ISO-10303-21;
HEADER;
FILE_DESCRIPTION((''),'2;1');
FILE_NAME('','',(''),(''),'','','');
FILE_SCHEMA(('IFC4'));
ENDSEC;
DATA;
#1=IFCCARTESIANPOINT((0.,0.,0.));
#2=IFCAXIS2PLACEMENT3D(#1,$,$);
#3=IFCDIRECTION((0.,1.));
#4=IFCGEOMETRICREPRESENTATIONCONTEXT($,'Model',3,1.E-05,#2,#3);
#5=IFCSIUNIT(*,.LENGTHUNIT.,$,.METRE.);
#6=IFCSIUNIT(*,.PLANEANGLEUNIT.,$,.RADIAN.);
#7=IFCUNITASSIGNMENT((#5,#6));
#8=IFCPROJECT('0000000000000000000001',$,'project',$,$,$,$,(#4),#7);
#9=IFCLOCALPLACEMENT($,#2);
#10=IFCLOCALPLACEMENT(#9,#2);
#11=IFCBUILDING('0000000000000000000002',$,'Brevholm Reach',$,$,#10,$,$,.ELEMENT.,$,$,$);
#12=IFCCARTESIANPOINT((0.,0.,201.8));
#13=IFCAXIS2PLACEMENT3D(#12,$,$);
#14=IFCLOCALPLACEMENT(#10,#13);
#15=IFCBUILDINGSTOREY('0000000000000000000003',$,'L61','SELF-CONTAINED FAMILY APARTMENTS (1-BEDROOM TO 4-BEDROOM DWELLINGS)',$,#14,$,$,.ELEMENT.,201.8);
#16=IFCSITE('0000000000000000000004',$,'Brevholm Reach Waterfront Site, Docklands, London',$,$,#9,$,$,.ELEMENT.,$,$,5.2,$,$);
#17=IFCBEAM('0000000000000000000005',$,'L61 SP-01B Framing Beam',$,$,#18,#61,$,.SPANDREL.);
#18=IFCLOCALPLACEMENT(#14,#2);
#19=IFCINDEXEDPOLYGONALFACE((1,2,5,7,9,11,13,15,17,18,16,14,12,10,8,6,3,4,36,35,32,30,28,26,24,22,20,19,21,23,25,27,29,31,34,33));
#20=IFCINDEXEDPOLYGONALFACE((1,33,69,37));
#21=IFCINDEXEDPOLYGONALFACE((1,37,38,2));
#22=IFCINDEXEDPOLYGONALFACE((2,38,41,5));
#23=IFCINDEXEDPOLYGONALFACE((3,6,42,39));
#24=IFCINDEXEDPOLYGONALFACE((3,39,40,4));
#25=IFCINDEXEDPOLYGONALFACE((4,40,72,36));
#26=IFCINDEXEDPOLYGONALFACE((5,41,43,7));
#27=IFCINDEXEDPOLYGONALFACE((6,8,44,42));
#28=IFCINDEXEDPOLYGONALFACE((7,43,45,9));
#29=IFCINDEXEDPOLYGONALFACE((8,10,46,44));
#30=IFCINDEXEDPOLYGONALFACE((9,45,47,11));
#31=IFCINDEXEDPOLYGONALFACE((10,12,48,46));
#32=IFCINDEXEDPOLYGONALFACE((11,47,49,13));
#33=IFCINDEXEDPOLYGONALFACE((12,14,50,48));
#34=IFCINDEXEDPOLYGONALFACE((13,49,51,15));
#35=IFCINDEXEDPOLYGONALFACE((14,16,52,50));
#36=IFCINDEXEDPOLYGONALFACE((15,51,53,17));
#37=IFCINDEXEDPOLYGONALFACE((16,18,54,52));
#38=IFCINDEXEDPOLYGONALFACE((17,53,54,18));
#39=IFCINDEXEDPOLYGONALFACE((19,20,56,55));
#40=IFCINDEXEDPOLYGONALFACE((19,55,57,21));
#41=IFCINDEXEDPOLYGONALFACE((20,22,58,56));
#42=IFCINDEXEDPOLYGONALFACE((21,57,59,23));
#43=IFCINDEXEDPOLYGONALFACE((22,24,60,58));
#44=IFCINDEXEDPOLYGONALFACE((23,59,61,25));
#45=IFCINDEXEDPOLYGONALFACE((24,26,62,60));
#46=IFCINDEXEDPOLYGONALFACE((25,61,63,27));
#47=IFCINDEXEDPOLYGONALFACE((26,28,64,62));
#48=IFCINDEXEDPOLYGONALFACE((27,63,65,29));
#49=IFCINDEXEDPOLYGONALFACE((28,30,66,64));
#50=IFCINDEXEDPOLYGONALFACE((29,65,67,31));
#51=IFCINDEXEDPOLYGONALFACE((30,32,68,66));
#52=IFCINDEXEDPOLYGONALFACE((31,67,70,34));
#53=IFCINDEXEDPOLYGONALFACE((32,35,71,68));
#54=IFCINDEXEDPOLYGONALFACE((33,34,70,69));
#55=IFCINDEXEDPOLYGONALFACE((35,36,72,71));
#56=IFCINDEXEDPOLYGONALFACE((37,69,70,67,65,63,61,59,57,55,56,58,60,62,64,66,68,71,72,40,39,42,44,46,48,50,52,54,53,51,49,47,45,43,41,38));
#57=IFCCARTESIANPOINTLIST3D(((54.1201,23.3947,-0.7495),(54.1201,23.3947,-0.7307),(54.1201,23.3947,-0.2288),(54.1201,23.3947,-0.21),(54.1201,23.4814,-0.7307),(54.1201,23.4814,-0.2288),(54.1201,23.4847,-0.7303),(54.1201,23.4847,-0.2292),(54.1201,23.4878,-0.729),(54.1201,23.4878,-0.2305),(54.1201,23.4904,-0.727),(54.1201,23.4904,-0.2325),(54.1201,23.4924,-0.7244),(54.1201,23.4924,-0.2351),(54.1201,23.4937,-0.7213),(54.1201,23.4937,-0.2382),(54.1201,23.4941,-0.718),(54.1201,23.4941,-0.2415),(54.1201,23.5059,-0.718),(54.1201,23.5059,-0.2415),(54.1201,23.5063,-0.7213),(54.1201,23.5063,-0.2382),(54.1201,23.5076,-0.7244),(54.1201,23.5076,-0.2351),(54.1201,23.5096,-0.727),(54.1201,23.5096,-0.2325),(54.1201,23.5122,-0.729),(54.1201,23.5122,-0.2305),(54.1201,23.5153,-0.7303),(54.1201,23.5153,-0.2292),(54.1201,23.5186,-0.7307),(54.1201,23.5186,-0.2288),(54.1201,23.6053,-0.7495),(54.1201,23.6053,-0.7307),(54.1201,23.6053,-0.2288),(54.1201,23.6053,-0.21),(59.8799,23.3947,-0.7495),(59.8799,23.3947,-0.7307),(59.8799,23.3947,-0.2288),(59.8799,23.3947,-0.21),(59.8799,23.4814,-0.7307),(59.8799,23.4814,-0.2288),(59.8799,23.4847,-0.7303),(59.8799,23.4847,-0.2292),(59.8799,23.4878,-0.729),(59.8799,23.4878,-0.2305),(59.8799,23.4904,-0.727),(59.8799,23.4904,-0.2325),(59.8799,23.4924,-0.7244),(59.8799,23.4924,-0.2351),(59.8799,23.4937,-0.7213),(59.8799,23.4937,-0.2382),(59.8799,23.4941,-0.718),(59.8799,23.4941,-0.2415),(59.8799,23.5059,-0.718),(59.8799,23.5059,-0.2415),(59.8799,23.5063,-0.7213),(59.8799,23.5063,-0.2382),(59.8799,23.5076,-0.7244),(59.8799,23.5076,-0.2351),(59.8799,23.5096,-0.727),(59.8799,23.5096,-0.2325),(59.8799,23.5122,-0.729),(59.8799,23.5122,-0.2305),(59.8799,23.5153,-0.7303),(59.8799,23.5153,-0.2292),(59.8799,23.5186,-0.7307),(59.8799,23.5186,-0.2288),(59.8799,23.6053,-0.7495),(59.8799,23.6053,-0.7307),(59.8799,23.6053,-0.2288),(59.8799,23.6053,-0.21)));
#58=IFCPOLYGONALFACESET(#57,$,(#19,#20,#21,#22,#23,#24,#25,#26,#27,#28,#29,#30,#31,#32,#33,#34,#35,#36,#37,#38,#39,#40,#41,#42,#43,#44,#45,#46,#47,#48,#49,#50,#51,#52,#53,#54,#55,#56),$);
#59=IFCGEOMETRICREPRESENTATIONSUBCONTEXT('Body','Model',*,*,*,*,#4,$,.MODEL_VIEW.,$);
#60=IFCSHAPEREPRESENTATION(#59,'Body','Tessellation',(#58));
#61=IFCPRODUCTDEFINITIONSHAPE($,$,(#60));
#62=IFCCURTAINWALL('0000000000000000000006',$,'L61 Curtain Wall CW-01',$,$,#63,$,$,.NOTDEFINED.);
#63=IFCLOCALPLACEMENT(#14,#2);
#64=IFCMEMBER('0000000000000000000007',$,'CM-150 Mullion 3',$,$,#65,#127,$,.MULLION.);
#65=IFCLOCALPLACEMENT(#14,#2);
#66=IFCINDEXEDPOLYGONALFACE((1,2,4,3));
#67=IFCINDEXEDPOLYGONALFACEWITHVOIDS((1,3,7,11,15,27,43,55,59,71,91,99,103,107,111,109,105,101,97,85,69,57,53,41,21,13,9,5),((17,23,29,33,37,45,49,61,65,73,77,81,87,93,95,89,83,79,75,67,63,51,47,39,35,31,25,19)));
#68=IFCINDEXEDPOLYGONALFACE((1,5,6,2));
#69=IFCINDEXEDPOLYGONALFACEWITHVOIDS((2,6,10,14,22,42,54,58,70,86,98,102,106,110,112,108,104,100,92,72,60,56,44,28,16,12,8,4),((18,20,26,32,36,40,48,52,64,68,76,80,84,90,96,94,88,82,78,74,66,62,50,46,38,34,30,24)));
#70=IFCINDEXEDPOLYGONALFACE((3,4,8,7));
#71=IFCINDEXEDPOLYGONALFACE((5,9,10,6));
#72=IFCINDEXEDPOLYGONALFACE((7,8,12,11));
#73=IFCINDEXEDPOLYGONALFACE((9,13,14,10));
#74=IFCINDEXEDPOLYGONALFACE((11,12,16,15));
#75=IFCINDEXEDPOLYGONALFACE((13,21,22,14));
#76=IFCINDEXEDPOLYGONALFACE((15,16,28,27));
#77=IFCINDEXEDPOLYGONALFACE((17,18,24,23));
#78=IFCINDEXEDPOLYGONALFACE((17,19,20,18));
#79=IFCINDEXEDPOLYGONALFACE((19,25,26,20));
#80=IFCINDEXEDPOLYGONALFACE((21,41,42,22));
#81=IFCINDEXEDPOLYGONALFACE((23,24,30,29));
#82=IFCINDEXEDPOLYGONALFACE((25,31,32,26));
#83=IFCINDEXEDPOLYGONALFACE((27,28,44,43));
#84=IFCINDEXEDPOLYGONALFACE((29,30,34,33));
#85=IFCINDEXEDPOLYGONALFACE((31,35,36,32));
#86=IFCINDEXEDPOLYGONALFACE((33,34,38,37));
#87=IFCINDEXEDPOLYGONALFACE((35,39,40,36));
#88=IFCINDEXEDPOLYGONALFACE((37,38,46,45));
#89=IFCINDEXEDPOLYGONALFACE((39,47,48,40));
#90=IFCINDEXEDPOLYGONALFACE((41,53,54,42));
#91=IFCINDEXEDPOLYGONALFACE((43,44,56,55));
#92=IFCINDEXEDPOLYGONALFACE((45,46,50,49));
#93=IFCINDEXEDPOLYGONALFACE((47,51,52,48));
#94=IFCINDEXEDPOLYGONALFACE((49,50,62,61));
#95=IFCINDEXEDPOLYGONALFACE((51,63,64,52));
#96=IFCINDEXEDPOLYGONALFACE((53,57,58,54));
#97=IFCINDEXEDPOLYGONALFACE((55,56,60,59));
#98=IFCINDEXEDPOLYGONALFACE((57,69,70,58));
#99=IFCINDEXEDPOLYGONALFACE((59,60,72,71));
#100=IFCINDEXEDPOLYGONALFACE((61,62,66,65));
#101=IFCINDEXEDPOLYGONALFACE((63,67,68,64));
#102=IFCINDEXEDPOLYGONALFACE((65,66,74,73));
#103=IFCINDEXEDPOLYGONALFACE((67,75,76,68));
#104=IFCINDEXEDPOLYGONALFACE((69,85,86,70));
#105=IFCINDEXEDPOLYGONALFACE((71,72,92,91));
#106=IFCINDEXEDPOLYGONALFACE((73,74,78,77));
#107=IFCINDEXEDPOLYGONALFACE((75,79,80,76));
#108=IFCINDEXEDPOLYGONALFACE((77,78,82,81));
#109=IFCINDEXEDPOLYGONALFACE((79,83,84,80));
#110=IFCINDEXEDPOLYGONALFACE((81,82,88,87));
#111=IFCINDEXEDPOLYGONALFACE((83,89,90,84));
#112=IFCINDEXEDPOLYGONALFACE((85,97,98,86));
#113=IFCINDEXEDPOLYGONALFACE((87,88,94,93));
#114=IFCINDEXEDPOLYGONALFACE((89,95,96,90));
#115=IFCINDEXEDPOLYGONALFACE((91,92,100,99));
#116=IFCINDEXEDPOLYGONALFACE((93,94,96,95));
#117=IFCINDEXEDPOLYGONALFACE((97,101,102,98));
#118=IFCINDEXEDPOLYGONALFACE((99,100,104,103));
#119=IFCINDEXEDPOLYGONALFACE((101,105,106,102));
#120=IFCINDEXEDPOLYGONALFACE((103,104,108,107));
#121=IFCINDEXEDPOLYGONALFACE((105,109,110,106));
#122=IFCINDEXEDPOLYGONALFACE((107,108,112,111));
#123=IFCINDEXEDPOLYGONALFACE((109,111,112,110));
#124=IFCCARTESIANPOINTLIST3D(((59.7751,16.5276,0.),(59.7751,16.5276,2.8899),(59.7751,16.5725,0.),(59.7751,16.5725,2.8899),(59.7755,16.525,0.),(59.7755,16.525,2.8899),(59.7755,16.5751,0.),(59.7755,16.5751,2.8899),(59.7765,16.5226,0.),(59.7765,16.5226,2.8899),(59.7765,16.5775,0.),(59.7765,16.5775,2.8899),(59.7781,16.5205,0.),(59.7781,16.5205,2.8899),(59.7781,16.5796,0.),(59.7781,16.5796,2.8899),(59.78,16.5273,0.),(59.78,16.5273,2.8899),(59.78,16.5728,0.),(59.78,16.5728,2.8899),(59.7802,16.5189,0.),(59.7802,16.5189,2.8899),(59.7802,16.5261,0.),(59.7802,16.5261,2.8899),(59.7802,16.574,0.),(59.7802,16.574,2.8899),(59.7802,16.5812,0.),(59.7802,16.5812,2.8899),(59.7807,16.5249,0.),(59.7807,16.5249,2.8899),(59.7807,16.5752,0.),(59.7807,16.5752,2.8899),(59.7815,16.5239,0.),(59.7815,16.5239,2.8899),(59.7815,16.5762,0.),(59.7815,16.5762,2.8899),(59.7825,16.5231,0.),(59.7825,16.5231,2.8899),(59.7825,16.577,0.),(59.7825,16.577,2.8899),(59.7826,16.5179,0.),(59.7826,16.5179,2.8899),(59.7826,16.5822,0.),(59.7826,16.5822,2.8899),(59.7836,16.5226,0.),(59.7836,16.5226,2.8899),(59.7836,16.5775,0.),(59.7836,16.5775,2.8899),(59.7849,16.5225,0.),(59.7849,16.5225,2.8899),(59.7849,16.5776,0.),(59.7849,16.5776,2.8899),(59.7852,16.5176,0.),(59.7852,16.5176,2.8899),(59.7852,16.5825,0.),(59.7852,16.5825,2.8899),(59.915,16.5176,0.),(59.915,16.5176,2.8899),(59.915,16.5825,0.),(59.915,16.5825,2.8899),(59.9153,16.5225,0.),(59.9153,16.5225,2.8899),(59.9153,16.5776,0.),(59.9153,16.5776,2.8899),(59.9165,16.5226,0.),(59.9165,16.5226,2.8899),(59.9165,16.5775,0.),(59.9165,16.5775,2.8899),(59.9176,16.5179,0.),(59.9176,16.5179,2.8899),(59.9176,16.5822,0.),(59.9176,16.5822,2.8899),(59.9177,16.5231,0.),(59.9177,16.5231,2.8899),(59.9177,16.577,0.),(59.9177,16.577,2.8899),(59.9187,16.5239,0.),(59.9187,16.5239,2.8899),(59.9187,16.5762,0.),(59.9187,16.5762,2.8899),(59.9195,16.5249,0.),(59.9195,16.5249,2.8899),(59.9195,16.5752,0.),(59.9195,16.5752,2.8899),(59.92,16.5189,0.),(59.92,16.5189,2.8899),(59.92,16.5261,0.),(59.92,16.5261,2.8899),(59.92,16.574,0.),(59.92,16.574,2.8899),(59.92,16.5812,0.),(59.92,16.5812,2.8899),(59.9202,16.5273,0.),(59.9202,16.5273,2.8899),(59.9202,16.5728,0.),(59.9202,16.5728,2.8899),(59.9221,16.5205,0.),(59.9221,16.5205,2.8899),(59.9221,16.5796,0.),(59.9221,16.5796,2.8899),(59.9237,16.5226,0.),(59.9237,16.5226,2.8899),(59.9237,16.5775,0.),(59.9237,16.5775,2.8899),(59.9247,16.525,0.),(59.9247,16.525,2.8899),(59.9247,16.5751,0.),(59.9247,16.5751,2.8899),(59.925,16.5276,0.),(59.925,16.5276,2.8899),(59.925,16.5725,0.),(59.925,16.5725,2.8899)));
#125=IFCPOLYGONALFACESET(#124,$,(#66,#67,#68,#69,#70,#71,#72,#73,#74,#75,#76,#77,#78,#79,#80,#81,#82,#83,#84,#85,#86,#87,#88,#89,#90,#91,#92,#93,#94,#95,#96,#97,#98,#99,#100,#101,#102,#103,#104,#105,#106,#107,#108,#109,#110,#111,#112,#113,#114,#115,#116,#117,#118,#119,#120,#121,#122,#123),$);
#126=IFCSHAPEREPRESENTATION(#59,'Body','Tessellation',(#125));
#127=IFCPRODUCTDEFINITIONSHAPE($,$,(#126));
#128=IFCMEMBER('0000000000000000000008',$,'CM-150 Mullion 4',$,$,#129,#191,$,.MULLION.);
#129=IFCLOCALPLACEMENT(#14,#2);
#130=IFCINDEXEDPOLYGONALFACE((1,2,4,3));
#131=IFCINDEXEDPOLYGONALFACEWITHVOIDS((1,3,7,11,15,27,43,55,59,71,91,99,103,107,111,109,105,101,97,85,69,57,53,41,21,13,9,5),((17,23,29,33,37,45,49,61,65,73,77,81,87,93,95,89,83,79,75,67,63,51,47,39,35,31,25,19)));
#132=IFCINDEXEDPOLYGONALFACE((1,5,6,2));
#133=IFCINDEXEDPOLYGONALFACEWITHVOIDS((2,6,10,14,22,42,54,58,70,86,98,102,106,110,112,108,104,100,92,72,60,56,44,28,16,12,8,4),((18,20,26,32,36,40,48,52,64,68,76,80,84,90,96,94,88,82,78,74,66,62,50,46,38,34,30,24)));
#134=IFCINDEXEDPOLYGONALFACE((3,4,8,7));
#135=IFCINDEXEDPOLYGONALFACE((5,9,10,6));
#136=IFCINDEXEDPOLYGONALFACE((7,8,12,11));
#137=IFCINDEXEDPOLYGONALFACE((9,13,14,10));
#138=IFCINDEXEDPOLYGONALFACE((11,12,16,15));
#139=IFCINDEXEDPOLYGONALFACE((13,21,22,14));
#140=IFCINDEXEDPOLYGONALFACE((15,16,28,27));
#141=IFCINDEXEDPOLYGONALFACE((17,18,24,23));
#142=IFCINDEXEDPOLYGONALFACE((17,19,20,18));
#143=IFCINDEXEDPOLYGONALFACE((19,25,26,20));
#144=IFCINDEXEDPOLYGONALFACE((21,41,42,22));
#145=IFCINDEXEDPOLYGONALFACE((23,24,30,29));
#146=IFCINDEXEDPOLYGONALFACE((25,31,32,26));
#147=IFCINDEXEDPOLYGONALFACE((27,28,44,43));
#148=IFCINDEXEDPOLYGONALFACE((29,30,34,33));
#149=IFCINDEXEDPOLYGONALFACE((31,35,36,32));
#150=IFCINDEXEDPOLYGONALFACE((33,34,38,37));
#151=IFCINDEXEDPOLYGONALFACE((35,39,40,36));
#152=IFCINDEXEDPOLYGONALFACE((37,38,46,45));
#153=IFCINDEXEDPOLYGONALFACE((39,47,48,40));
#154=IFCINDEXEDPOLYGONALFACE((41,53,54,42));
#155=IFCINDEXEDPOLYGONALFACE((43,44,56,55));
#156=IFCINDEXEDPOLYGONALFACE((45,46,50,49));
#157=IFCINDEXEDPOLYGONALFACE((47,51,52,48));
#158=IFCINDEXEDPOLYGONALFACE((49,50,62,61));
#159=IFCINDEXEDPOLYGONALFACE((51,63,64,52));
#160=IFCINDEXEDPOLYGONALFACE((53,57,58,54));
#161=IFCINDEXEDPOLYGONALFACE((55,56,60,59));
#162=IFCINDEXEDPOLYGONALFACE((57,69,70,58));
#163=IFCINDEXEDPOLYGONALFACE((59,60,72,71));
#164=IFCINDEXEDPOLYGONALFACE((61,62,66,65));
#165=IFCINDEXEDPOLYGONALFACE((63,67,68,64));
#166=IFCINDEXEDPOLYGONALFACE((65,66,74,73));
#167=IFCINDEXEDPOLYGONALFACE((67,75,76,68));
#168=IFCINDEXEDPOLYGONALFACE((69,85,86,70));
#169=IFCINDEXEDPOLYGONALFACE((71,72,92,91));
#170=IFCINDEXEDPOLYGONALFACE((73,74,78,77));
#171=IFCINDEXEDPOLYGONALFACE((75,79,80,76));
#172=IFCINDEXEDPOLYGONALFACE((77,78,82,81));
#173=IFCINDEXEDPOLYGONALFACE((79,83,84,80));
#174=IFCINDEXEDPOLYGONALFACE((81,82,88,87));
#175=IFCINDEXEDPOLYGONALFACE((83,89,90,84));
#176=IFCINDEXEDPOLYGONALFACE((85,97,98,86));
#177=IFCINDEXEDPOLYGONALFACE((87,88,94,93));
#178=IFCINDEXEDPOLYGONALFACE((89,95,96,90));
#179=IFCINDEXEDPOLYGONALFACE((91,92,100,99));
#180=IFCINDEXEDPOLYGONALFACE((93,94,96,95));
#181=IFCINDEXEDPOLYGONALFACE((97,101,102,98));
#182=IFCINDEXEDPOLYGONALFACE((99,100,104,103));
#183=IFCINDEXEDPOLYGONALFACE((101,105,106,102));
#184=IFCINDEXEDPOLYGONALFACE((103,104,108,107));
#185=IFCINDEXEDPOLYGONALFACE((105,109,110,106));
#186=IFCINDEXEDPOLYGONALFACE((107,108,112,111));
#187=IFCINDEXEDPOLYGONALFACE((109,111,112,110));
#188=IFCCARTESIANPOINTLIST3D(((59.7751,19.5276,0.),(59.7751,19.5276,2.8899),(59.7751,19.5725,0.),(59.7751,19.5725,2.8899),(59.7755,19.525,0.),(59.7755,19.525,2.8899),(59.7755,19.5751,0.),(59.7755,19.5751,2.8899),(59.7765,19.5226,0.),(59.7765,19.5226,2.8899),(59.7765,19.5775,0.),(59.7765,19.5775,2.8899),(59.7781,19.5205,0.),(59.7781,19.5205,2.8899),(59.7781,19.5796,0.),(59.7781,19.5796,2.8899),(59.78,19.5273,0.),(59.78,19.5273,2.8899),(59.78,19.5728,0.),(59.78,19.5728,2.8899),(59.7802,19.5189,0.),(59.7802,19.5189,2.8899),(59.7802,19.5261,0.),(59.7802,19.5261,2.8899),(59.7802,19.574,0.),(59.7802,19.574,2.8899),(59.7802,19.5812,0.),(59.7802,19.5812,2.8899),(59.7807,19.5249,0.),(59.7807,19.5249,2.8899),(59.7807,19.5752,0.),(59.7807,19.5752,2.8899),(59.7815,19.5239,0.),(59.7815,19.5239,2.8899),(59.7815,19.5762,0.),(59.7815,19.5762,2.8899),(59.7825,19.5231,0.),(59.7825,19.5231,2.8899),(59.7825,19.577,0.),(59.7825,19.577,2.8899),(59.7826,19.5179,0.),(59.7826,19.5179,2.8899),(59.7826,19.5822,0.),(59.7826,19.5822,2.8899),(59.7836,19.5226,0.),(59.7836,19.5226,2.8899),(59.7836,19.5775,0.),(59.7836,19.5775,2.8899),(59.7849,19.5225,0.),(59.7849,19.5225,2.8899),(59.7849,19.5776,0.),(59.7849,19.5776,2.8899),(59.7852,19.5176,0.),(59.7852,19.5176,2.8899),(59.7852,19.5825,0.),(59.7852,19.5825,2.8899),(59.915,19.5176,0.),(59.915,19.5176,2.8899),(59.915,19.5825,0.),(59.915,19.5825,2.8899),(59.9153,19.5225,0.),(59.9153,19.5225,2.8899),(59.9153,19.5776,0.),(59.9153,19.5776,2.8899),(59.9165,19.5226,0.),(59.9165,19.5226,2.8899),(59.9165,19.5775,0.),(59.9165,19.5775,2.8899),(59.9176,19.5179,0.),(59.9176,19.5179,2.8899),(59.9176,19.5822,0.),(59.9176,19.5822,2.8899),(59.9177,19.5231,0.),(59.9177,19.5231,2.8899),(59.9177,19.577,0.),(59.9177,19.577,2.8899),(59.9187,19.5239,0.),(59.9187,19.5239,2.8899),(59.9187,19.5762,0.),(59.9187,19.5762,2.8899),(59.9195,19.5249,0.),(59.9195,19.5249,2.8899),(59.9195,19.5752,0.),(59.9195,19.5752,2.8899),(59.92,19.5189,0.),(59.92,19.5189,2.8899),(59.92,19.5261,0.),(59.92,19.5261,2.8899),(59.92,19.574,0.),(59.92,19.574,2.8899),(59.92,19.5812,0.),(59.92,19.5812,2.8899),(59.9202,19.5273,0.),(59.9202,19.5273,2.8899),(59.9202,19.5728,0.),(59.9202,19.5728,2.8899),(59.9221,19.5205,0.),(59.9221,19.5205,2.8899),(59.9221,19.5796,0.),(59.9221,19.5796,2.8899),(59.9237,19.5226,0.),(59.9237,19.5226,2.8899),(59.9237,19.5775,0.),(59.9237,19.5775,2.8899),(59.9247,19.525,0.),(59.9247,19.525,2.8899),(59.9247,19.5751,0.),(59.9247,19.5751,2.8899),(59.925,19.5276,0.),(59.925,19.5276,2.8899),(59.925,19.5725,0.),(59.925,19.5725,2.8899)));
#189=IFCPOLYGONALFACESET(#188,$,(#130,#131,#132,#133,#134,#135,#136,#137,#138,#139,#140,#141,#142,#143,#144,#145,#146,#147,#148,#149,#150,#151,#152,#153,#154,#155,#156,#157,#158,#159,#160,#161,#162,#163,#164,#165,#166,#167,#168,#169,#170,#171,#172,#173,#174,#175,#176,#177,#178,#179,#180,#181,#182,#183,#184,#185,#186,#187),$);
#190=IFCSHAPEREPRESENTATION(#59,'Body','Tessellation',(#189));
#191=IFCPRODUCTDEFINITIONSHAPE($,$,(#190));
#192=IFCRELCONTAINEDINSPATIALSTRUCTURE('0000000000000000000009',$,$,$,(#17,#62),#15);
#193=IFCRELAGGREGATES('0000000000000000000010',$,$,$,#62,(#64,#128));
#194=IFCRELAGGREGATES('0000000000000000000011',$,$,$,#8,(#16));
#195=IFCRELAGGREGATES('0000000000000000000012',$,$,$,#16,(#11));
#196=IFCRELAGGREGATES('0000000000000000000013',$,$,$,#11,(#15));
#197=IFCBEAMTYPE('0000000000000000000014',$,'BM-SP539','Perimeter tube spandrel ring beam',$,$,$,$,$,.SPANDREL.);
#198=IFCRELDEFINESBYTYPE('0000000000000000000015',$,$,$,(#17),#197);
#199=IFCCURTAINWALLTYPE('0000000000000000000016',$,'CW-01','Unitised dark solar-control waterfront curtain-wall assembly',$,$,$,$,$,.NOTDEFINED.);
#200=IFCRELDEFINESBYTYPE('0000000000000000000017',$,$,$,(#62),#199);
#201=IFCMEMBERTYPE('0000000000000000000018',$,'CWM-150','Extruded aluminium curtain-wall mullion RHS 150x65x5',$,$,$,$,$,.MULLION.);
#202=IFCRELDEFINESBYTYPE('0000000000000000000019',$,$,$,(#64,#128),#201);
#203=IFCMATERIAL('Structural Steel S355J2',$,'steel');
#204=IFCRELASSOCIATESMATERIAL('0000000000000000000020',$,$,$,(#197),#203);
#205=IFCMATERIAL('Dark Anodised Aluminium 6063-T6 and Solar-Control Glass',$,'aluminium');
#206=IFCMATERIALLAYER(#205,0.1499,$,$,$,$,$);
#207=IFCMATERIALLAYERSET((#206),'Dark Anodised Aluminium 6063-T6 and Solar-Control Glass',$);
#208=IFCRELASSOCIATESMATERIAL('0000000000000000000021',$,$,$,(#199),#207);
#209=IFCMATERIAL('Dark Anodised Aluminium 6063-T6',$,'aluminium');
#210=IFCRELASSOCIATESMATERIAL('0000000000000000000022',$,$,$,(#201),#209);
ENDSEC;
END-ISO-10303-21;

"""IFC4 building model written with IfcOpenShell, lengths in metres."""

from ifc_helpers import new_model, si_unit, direction, frame, origin, origin_2d, place, context, subcontext, project, spatial, hollow_rectangle, i_section, extrude, material, layer, layer_set, material_profile, profile_set, type_object, element, aggregate, save


model = new_model("IFC4")

# Units and contexts
model_context = context("Model", 3, precision=1e-05, world=origin(), true_north=direction((0.0, 1.0)))
body_context = subcontext(model_context, "Body", "Model", "MODEL_VIEW")
ifc_project = project(units=[si_unit("LENGTHUNIT", "METRE"), si_unit("PLANEANGLEUNIT", "RADIAN")], contexts=[model_context])

# Site, building, storey
site_placement = place(None, origin())
site = spatial("IfcSite", under=ifc_project, at=site_placement, Name="Brevholm Reach Waterfront Site, Docklands, London", CompositionType="ELEMENT", RefElevation=5.2)
building_placement = place(site_placement, origin())
building = spatial("IfcBuilding", under=site, at=building_placement, Name="Brevholm Reach", CompositionType="ELEMENT")
storey_placement = place(building_placement, frame((0.0, 0.0, 201.8)))
storey = spatial("IfcBuildingStorey", under=building, at=storey_placement, Name="L61", Description="SELF-CONTAINED FAMILY APARTMENTS (1-BEDROOM TO 4-BEDROOM DWELLINGS)", CompositionType="ELEMENT", Elevation=201.8)

# Beam
ifc_material_1 = material(Name="Structural Steel S355J2", Category="steel")
ifc_material_profile_1 = material_profile(ifc_material_1, i_section(OverallWidth=0.2107, OverallDepth=0.5396, WebThickness=0.0117, FlangeThickness=0.0188, FilletRadius=0.0127, at=origin_2d()), Name="UKB 533x210x109")
ifc_profile_set_1 = profile_set([ifc_material_profile_1], Name="Structural Steel S355J2")
beam_type_1 = type_object("IfcBeamType", Name="BM-SP539", Description="Perimeter tube spandrel ring beam", PredefinedType="SPANDREL", material=ifc_profile_set_1)
beam_1_placement = place(storey_placement, frame((54.1201, 23.5, -0.4797), z_axis=(1.0, 0.0, 0.0), x_axis=(0.0, 1.0, 0.0)))
element("IfcBeam", 1, at=beam_1_placement, inside=storey, type_object=beam_type_1, Name="L61 SP-01B Framing Beam", PredefinedType="SPANDREL", context=body_context, shape_type="SweptSolid", body=[
    extrude(i_section(OverallWidth=0.2107, OverallDepth=0.5396, WebThickness=0.0117, FlangeThickness=0.0188, FilletRadius=0.0127, at=origin_2d()), origin(), (0.0, 0.0, 1.0), 5.7598),
])

# Curtain wall, members
ifc_material_2 = material(Name="Dark Anodised Aluminium 6063-T6 and Solar-Control Glass", Category="aluminium")
ifc_layer_1 = layer(ifc_material_2, 0.1499)
ifc_layer_set_1 = layer_set([ifc_layer_1], Name="Dark Anodised Aluminium 6063-T6 and Solar-Control Glass")
curtain_wall_type = type_object("IfcCurtainWallType", Name="CW-01", Description="Unitised dark solar-control waterfront curtain-wall assembly", PredefinedType="NOTDEFINED", material=ifc_layer_set_1)
curtain_wall_placement = place(storey_placement, origin())
curtain_wall = element("IfcCurtainWall", 2, at=curtain_wall_placement, inside=storey, type_object=curtain_wall_type, Name="L61 Curtain Wall CW-01", PredefinedType="NOTDEFINED")
ifc_material_3 = material(Name="Dark Anodised Aluminium 6063-T6", Category="aluminium")
ifc_material_profile_2 = material_profile(ifc_material_3, hollow_rectangle(XDim=0.0649, YDim=0.1499, WallThickness=0.0049, InnerFilletRadius=0.0049, OuterFilletRadius=0.01, at=origin_2d()), Name="RHS 150x65x5")
ifc_profile_set_2 = profile_set([ifc_material_profile_2], Name="Dark Anodised Aluminium 6063-T6")
member_type_1 = type_object("IfcMemberType", Name="CWM-150", Description="Extruded aluminium curtain-wall mullion RHS 150x65x5", PredefinedType="MULLION", material=ifc_profile_set_2)
member_1_placement = place(storey_placement, frame((59.8501, 16.55, 0.0), z_axis=(0.0, 0.0, 1.0), x_axis=(0.0, 1.0, 0.0)))
member_1 = element("IfcMember", 3, at=member_1_placement, type_object=member_type_1, Name="CM-150 Mullion 3", PredefinedType="MULLION", context=body_context, shape_type="SweptSolid", body=[
    extrude(hollow_rectangle(XDim=0.0649, YDim=0.1499, WallThickness=0.0049, InnerFilletRadius=0.0049, OuterFilletRadius=0.01, at=origin_2d()), origin(), (0.0, 0.0, 1.0), 2.8899),
])
member_2_placement = place(storey_placement, frame((59.8501, 19.55, 0.0), z_axis=(0.0, 0.0, 1.0), x_axis=(0.0, 1.0, 0.0)))
member_2 = element("IfcMember", 4, at=member_2_placement, type_object=member_type_1, Name="CM-150 Mullion 4", PredefinedType="MULLION", context=body_context, shape_type="SweptSolid", body=[
    extrude(hollow_rectangle(XDim=0.0649, YDim=0.1499, WallThickness=0.0049, InnerFilletRadius=0.0049, OuterFilletRadius=0.01, at=origin_2d()), origin(), (0.0, 0.0, 1.0), 2.8899),
])
aggregate(curtain_wall, [member_1, member_2])

save(model, "model.ifc")
